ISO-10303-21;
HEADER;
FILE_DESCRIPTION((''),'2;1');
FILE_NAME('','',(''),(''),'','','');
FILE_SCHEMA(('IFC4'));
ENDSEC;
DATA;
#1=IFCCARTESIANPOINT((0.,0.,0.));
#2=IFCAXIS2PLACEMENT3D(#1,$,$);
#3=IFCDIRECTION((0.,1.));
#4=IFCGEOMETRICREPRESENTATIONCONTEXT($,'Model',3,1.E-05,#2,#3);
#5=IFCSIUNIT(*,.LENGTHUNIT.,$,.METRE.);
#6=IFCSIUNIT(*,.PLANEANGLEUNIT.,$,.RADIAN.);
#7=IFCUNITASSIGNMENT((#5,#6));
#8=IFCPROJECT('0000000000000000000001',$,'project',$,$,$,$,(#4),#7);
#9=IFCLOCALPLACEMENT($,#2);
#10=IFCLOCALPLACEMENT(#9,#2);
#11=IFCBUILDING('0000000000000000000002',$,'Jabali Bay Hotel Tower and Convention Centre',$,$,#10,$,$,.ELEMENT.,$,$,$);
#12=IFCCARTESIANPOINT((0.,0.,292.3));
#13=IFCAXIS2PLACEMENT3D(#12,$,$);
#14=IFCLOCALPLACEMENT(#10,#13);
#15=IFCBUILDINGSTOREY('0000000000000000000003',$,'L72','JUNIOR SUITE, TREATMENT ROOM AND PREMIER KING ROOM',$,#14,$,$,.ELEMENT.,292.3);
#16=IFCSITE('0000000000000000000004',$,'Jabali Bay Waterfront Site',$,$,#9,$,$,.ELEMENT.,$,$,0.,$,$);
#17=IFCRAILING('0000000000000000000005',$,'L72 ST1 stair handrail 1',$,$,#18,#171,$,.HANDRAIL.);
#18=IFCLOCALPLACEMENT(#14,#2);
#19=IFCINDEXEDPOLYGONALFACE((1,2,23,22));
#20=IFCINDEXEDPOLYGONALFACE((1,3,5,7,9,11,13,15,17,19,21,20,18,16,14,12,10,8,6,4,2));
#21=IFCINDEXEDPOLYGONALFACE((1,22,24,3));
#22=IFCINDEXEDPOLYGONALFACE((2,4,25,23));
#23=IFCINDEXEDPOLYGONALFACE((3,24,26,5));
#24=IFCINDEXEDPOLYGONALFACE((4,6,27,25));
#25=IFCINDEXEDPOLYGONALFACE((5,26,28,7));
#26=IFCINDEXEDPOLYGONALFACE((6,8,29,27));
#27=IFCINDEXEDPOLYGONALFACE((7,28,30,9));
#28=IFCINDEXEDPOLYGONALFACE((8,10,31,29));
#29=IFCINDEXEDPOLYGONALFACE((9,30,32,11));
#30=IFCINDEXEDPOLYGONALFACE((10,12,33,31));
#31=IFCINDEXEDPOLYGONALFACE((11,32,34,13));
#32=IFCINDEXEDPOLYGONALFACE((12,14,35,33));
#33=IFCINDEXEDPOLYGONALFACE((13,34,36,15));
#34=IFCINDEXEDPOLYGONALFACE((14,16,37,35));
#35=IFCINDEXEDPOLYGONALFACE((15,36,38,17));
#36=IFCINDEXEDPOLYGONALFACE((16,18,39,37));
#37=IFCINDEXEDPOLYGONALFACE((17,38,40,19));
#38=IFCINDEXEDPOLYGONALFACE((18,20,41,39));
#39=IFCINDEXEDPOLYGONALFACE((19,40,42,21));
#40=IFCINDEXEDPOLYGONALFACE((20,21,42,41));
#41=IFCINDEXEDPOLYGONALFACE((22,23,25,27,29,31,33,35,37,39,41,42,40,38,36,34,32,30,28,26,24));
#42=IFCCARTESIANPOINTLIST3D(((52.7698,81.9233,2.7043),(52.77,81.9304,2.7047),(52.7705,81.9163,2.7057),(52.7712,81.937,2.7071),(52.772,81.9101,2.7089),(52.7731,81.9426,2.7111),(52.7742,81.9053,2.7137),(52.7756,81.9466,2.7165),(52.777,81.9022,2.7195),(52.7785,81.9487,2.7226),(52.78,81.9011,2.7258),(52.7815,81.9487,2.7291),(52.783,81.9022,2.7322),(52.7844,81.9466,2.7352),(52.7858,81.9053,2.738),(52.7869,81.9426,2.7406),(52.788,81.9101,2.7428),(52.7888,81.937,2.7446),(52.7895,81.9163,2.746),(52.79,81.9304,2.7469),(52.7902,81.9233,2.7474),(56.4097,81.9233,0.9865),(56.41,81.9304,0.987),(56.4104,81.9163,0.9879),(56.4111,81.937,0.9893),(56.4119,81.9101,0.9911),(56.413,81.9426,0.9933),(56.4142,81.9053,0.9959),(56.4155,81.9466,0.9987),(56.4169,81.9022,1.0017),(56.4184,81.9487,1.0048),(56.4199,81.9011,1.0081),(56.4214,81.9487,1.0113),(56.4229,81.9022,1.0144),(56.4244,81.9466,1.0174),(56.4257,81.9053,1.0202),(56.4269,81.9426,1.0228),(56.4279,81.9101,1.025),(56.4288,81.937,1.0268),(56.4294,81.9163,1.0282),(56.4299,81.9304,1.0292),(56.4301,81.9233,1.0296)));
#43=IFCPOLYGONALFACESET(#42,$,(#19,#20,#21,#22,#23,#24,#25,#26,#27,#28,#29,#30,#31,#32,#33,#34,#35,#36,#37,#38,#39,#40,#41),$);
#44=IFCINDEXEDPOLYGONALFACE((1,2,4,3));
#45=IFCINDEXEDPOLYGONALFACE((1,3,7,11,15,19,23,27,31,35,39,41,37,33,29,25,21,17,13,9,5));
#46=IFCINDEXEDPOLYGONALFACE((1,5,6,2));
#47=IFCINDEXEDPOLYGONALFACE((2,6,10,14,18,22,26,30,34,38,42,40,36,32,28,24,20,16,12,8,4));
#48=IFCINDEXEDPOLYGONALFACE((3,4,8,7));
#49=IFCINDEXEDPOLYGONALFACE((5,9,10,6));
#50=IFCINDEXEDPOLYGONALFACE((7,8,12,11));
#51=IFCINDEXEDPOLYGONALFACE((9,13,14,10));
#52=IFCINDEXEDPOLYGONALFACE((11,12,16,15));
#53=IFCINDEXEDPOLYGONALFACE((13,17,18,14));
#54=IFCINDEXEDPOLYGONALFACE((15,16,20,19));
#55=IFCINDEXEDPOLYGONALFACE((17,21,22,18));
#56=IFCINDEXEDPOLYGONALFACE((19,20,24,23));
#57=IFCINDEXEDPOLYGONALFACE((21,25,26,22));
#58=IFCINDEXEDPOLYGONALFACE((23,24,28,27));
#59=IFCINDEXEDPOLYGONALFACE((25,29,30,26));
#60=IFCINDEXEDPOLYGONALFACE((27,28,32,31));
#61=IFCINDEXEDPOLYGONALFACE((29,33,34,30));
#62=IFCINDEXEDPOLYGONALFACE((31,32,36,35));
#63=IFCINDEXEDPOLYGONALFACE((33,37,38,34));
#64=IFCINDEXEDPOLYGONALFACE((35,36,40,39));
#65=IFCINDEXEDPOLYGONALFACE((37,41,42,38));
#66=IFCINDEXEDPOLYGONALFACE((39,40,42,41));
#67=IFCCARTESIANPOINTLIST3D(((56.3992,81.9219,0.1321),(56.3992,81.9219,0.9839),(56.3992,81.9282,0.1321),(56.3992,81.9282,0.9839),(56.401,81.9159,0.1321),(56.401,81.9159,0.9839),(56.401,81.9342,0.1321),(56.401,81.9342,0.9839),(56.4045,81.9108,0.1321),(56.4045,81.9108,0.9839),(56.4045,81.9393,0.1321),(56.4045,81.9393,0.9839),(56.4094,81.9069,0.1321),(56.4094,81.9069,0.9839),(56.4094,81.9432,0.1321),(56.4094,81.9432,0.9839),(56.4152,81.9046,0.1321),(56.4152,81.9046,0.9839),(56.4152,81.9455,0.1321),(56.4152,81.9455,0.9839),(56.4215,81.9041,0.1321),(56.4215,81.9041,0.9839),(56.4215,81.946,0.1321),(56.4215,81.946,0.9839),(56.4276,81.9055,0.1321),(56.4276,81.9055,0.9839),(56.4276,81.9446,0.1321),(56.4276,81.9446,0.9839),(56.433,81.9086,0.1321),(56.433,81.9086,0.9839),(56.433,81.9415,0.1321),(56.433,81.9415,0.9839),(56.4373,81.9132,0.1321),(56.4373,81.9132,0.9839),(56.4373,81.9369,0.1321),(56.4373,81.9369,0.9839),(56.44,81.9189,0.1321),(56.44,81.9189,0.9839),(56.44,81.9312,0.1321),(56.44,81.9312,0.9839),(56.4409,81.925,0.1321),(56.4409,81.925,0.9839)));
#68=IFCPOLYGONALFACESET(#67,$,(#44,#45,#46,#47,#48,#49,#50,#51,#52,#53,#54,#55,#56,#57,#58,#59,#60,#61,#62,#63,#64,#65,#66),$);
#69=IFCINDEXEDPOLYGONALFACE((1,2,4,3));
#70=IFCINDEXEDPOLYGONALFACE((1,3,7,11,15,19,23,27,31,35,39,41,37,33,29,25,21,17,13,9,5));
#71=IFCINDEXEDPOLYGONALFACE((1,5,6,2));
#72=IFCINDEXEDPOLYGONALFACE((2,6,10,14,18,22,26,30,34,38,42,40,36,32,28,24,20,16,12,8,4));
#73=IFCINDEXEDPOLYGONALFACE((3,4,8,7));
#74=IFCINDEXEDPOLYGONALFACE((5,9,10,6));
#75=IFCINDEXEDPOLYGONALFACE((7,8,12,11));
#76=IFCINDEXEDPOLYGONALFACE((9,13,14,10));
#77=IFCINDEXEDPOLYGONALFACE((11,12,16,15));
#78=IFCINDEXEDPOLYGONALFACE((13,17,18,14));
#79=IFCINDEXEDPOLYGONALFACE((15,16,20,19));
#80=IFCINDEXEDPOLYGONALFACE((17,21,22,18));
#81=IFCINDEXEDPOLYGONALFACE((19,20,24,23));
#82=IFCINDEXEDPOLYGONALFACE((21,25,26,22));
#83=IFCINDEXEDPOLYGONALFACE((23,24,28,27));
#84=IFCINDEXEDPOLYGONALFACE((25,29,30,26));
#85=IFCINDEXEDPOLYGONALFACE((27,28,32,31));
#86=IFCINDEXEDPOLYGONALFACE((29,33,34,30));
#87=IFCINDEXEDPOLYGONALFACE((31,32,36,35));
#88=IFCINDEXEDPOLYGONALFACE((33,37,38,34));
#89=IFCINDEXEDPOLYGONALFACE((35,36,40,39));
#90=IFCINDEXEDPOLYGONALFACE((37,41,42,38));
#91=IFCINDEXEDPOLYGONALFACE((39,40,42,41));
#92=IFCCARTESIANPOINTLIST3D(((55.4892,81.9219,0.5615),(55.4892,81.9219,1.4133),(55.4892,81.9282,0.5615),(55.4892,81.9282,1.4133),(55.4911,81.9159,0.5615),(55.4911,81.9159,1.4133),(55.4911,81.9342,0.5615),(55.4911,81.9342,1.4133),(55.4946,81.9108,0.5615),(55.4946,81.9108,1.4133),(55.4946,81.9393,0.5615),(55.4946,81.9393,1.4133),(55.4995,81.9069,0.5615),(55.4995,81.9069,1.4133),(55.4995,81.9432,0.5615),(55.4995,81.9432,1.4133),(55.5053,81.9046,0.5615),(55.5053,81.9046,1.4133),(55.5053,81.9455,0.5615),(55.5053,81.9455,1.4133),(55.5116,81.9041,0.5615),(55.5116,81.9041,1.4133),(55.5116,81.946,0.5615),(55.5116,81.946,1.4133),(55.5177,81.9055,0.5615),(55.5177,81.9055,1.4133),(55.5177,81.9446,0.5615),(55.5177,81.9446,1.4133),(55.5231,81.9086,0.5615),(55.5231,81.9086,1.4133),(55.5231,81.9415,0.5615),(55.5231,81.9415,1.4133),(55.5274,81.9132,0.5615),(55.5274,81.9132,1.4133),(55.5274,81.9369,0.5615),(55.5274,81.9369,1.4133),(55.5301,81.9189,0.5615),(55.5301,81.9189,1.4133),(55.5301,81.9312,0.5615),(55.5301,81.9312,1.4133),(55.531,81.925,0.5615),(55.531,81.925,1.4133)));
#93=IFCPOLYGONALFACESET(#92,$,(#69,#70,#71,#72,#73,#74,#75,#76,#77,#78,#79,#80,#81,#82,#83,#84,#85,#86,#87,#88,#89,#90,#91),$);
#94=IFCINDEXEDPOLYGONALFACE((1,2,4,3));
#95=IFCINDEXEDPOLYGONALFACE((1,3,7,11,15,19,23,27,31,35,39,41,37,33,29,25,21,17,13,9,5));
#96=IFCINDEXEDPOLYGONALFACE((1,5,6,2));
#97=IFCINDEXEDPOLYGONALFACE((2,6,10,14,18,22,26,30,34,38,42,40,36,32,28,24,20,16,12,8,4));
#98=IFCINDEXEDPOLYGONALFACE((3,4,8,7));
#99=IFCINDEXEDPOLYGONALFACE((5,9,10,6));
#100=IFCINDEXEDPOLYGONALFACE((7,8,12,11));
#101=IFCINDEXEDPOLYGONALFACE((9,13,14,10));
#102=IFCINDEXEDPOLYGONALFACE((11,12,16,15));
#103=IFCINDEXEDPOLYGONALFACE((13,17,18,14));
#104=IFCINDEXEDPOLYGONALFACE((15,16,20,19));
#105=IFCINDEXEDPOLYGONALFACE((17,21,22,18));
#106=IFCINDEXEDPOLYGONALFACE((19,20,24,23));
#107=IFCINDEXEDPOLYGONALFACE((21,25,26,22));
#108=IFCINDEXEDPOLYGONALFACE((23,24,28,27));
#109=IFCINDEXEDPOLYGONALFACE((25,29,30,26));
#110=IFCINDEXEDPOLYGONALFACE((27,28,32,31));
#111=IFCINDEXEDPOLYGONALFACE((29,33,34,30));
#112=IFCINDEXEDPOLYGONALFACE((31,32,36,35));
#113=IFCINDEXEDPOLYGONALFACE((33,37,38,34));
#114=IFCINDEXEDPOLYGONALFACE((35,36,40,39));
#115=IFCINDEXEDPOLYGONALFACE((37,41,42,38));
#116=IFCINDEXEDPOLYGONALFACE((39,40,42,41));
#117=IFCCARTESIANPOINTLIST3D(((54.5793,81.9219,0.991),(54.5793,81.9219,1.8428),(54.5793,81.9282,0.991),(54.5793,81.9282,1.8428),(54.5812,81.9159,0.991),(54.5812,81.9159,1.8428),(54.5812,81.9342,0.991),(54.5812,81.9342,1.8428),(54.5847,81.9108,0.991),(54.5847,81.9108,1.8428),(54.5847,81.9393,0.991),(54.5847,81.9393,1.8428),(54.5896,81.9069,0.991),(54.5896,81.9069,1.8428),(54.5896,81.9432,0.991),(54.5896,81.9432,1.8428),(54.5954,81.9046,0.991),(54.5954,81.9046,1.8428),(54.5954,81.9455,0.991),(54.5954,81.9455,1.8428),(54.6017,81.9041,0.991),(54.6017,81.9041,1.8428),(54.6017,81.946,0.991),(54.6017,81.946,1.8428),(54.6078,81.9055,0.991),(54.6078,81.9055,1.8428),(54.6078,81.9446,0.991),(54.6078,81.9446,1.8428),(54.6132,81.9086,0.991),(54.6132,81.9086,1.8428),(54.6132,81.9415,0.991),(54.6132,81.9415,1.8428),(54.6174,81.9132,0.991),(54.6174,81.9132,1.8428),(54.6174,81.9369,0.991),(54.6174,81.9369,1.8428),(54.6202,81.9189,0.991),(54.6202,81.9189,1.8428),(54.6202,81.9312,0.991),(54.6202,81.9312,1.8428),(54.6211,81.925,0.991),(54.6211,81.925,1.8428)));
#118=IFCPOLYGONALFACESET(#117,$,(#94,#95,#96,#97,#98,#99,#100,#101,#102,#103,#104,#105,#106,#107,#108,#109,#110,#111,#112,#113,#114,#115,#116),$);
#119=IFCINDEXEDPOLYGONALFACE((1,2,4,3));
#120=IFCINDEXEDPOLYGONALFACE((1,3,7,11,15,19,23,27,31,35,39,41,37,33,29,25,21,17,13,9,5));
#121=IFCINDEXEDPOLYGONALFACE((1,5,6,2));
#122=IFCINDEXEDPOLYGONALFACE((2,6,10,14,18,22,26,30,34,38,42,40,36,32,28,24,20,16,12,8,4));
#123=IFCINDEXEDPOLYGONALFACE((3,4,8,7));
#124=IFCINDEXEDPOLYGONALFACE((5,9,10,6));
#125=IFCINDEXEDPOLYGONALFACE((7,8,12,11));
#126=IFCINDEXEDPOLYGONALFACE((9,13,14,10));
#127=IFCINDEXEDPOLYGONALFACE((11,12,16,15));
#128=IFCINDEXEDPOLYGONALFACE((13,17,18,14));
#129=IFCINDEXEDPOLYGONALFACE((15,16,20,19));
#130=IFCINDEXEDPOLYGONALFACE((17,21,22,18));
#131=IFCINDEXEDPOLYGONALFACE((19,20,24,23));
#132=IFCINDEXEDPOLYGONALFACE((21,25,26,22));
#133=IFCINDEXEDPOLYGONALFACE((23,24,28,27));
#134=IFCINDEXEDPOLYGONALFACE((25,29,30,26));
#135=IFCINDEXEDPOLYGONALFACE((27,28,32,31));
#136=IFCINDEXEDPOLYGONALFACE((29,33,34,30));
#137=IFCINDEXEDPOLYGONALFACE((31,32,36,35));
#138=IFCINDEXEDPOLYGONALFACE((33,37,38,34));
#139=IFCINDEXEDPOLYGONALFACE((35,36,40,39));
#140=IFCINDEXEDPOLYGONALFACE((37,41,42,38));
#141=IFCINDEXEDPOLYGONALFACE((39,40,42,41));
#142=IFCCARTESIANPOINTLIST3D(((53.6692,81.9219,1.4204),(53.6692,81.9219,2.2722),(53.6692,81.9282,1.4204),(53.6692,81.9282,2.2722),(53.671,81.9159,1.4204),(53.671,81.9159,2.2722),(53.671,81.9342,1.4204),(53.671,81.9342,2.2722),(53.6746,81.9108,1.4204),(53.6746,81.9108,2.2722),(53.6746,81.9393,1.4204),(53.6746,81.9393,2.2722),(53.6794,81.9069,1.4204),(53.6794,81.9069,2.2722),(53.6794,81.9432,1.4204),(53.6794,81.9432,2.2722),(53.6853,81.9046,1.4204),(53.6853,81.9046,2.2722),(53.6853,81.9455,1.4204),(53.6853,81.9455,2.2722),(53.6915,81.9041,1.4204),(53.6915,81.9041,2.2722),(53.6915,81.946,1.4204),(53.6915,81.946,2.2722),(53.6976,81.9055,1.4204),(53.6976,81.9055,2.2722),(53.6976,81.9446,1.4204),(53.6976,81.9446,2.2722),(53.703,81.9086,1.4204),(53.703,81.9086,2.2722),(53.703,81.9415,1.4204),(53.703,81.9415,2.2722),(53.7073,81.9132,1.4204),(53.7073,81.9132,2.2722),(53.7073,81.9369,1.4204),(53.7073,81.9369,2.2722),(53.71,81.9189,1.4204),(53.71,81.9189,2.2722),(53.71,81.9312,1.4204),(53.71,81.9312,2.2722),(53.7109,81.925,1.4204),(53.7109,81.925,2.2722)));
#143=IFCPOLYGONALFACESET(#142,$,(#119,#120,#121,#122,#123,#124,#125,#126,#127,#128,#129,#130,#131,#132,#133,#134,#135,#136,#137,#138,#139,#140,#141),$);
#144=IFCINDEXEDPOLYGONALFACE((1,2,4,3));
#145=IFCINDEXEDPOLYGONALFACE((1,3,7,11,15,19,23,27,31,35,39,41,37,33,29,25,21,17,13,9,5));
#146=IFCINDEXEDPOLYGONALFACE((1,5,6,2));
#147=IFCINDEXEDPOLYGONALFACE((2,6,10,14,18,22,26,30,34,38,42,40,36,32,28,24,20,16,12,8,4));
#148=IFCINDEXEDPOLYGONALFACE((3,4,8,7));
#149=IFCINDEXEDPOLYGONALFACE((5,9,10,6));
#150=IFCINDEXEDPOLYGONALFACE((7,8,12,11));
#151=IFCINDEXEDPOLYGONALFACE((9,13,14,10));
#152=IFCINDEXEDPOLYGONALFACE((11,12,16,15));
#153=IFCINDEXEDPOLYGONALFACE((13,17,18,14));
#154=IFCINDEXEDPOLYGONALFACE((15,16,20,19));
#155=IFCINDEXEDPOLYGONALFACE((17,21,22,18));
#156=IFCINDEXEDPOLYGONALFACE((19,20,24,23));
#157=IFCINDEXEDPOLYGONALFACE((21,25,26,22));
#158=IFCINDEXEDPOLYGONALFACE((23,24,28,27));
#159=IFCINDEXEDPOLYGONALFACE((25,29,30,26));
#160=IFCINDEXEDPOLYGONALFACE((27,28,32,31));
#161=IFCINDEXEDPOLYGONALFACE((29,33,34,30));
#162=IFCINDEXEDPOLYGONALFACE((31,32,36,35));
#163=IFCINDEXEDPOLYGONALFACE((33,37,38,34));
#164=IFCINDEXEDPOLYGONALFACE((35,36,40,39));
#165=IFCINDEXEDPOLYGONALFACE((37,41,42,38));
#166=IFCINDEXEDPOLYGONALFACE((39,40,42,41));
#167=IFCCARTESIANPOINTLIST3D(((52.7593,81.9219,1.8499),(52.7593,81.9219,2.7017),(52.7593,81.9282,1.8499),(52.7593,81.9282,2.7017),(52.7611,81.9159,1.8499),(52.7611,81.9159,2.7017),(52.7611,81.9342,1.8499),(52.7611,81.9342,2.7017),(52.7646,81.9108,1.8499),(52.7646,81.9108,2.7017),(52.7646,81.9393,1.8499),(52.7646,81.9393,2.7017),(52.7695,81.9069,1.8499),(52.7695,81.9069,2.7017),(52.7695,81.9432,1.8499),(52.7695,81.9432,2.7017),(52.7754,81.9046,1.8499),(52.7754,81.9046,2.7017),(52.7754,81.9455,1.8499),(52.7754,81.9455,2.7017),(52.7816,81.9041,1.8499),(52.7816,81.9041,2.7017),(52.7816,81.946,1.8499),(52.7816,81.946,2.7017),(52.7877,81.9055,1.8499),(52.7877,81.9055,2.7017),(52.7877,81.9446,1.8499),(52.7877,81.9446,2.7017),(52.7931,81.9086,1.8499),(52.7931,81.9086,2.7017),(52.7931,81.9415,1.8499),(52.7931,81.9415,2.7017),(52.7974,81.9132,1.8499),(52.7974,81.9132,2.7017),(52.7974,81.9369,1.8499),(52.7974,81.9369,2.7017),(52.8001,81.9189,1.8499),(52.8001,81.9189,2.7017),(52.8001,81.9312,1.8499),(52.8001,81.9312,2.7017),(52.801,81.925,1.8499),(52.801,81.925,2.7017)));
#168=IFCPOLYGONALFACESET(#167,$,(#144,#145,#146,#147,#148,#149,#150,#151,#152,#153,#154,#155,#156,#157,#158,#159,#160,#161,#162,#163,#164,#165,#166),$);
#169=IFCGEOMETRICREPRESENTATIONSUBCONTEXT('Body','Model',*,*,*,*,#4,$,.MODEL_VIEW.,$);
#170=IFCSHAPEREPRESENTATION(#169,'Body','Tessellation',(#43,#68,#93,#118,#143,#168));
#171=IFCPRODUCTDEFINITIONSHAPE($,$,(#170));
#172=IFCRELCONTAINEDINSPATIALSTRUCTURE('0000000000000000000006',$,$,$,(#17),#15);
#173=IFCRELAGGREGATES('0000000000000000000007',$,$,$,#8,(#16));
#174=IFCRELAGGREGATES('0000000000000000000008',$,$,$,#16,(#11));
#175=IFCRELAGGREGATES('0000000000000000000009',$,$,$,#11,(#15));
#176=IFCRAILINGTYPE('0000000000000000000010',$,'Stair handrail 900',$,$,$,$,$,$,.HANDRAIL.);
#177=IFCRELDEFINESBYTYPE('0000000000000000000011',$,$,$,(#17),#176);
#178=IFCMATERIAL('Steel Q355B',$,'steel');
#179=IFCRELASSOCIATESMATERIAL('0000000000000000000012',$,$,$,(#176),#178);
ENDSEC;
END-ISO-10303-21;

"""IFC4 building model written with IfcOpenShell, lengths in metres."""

from ifc_helpers import new_model, si_unit, direction, frame, origin, origin_2d, place, context, subcontext, project, spatial, circle, extrude, material, type_object, element, save


model = new_model("IFC4")

# Units and contexts
model_context = context("Model", 3, precision=1e-05, world=origin(), true_north=direction((0.0, 1.0)))
body_context = subcontext(model_context, "Body", "Model", "MODEL_VIEW")
ifc_project = project(units=[si_unit("LENGTHUNIT", "METRE"), si_unit("PLANEANGLEUNIT", "RADIAN")], contexts=[model_context])

# Site, building, storey
site_placement = place(None, origin())
site = spatial("IfcSite", under=ifc_project, at=site_placement, Name="Jabali Bay Waterfront Site", CompositionType="ELEMENT", RefElevation=0.0)
building_placement = place(site_placement, origin())
building = spatial("IfcBuilding", under=site, at=building_placement, Name="Jabali Bay Hotel Tower and Convention Centre", CompositionType="ELEMENT")
storey_placement = place(building_placement, frame((0.0, 0.0, 292.3)))
storey = spatial("IfcBuildingStorey", under=building, at=storey_placement, Name="L72", Description="JUNIOR SUITE, TREATMENT ROOM AND PREMIER KING ROOM", CompositionType="ELEMENT", Elevation=292.3)

# Railing
ifc_material_1 = material(Name="Steel Q355B", Category="steel")
railing_type_1 = type_object("IfcRailingType", Name="Stair handrail 900", PredefinedType="HANDRAIL", material=ifc_material_1)
railing_1_placement = place(storey_placement, frame((56.4199, 81.925, 0.1321)))
element("IfcRailing", 1, at=railing_1_placement, inside=storey, type_object=railing_type_1, Name="L72 ST1 stair handrail 1", PredefinedType="HANDRAIL", context=body_context, shape_type="SweptSolid", body=[
    extrude(circle(Radius=0.0239, at=origin_2d()), frame((0.0, 0.0, 0.876), z_axis=(-0.904351, 0.0, 0.42679), x_axis=(0.0, -1.0, 0.0)), (0.0, 0.0, 1.0), 4.0249),
    extrude(circle(Radius=0.021, at=origin_2d()), origin(), (0.0, 0.0, 1.0), 0.8518),
    extrude(circle(Radius=0.021, at=origin_2d()), frame((-0.9099, 0.0, 0.4294)), (0.0, 0.0, 1.0), 0.8518),
    extrude(circle(Radius=0.021, at=origin_2d()), frame((-1.8198, 0.0, 0.8589)), (0.0, 0.0, 1.0), 0.8518),
    extrude(circle(Radius=0.021, at=origin_2d()), frame((-2.73, 0.0, 1.2883)), (0.0, 0.0, 1.0), 0.8518),
    extrude(circle(Radius=0.021, at=origin_2d()), frame((-3.6399, 0.0, 1.7178)), (0.0, 0.0, 1.0), 0.8518),
])

save(model, "model.ifc")
